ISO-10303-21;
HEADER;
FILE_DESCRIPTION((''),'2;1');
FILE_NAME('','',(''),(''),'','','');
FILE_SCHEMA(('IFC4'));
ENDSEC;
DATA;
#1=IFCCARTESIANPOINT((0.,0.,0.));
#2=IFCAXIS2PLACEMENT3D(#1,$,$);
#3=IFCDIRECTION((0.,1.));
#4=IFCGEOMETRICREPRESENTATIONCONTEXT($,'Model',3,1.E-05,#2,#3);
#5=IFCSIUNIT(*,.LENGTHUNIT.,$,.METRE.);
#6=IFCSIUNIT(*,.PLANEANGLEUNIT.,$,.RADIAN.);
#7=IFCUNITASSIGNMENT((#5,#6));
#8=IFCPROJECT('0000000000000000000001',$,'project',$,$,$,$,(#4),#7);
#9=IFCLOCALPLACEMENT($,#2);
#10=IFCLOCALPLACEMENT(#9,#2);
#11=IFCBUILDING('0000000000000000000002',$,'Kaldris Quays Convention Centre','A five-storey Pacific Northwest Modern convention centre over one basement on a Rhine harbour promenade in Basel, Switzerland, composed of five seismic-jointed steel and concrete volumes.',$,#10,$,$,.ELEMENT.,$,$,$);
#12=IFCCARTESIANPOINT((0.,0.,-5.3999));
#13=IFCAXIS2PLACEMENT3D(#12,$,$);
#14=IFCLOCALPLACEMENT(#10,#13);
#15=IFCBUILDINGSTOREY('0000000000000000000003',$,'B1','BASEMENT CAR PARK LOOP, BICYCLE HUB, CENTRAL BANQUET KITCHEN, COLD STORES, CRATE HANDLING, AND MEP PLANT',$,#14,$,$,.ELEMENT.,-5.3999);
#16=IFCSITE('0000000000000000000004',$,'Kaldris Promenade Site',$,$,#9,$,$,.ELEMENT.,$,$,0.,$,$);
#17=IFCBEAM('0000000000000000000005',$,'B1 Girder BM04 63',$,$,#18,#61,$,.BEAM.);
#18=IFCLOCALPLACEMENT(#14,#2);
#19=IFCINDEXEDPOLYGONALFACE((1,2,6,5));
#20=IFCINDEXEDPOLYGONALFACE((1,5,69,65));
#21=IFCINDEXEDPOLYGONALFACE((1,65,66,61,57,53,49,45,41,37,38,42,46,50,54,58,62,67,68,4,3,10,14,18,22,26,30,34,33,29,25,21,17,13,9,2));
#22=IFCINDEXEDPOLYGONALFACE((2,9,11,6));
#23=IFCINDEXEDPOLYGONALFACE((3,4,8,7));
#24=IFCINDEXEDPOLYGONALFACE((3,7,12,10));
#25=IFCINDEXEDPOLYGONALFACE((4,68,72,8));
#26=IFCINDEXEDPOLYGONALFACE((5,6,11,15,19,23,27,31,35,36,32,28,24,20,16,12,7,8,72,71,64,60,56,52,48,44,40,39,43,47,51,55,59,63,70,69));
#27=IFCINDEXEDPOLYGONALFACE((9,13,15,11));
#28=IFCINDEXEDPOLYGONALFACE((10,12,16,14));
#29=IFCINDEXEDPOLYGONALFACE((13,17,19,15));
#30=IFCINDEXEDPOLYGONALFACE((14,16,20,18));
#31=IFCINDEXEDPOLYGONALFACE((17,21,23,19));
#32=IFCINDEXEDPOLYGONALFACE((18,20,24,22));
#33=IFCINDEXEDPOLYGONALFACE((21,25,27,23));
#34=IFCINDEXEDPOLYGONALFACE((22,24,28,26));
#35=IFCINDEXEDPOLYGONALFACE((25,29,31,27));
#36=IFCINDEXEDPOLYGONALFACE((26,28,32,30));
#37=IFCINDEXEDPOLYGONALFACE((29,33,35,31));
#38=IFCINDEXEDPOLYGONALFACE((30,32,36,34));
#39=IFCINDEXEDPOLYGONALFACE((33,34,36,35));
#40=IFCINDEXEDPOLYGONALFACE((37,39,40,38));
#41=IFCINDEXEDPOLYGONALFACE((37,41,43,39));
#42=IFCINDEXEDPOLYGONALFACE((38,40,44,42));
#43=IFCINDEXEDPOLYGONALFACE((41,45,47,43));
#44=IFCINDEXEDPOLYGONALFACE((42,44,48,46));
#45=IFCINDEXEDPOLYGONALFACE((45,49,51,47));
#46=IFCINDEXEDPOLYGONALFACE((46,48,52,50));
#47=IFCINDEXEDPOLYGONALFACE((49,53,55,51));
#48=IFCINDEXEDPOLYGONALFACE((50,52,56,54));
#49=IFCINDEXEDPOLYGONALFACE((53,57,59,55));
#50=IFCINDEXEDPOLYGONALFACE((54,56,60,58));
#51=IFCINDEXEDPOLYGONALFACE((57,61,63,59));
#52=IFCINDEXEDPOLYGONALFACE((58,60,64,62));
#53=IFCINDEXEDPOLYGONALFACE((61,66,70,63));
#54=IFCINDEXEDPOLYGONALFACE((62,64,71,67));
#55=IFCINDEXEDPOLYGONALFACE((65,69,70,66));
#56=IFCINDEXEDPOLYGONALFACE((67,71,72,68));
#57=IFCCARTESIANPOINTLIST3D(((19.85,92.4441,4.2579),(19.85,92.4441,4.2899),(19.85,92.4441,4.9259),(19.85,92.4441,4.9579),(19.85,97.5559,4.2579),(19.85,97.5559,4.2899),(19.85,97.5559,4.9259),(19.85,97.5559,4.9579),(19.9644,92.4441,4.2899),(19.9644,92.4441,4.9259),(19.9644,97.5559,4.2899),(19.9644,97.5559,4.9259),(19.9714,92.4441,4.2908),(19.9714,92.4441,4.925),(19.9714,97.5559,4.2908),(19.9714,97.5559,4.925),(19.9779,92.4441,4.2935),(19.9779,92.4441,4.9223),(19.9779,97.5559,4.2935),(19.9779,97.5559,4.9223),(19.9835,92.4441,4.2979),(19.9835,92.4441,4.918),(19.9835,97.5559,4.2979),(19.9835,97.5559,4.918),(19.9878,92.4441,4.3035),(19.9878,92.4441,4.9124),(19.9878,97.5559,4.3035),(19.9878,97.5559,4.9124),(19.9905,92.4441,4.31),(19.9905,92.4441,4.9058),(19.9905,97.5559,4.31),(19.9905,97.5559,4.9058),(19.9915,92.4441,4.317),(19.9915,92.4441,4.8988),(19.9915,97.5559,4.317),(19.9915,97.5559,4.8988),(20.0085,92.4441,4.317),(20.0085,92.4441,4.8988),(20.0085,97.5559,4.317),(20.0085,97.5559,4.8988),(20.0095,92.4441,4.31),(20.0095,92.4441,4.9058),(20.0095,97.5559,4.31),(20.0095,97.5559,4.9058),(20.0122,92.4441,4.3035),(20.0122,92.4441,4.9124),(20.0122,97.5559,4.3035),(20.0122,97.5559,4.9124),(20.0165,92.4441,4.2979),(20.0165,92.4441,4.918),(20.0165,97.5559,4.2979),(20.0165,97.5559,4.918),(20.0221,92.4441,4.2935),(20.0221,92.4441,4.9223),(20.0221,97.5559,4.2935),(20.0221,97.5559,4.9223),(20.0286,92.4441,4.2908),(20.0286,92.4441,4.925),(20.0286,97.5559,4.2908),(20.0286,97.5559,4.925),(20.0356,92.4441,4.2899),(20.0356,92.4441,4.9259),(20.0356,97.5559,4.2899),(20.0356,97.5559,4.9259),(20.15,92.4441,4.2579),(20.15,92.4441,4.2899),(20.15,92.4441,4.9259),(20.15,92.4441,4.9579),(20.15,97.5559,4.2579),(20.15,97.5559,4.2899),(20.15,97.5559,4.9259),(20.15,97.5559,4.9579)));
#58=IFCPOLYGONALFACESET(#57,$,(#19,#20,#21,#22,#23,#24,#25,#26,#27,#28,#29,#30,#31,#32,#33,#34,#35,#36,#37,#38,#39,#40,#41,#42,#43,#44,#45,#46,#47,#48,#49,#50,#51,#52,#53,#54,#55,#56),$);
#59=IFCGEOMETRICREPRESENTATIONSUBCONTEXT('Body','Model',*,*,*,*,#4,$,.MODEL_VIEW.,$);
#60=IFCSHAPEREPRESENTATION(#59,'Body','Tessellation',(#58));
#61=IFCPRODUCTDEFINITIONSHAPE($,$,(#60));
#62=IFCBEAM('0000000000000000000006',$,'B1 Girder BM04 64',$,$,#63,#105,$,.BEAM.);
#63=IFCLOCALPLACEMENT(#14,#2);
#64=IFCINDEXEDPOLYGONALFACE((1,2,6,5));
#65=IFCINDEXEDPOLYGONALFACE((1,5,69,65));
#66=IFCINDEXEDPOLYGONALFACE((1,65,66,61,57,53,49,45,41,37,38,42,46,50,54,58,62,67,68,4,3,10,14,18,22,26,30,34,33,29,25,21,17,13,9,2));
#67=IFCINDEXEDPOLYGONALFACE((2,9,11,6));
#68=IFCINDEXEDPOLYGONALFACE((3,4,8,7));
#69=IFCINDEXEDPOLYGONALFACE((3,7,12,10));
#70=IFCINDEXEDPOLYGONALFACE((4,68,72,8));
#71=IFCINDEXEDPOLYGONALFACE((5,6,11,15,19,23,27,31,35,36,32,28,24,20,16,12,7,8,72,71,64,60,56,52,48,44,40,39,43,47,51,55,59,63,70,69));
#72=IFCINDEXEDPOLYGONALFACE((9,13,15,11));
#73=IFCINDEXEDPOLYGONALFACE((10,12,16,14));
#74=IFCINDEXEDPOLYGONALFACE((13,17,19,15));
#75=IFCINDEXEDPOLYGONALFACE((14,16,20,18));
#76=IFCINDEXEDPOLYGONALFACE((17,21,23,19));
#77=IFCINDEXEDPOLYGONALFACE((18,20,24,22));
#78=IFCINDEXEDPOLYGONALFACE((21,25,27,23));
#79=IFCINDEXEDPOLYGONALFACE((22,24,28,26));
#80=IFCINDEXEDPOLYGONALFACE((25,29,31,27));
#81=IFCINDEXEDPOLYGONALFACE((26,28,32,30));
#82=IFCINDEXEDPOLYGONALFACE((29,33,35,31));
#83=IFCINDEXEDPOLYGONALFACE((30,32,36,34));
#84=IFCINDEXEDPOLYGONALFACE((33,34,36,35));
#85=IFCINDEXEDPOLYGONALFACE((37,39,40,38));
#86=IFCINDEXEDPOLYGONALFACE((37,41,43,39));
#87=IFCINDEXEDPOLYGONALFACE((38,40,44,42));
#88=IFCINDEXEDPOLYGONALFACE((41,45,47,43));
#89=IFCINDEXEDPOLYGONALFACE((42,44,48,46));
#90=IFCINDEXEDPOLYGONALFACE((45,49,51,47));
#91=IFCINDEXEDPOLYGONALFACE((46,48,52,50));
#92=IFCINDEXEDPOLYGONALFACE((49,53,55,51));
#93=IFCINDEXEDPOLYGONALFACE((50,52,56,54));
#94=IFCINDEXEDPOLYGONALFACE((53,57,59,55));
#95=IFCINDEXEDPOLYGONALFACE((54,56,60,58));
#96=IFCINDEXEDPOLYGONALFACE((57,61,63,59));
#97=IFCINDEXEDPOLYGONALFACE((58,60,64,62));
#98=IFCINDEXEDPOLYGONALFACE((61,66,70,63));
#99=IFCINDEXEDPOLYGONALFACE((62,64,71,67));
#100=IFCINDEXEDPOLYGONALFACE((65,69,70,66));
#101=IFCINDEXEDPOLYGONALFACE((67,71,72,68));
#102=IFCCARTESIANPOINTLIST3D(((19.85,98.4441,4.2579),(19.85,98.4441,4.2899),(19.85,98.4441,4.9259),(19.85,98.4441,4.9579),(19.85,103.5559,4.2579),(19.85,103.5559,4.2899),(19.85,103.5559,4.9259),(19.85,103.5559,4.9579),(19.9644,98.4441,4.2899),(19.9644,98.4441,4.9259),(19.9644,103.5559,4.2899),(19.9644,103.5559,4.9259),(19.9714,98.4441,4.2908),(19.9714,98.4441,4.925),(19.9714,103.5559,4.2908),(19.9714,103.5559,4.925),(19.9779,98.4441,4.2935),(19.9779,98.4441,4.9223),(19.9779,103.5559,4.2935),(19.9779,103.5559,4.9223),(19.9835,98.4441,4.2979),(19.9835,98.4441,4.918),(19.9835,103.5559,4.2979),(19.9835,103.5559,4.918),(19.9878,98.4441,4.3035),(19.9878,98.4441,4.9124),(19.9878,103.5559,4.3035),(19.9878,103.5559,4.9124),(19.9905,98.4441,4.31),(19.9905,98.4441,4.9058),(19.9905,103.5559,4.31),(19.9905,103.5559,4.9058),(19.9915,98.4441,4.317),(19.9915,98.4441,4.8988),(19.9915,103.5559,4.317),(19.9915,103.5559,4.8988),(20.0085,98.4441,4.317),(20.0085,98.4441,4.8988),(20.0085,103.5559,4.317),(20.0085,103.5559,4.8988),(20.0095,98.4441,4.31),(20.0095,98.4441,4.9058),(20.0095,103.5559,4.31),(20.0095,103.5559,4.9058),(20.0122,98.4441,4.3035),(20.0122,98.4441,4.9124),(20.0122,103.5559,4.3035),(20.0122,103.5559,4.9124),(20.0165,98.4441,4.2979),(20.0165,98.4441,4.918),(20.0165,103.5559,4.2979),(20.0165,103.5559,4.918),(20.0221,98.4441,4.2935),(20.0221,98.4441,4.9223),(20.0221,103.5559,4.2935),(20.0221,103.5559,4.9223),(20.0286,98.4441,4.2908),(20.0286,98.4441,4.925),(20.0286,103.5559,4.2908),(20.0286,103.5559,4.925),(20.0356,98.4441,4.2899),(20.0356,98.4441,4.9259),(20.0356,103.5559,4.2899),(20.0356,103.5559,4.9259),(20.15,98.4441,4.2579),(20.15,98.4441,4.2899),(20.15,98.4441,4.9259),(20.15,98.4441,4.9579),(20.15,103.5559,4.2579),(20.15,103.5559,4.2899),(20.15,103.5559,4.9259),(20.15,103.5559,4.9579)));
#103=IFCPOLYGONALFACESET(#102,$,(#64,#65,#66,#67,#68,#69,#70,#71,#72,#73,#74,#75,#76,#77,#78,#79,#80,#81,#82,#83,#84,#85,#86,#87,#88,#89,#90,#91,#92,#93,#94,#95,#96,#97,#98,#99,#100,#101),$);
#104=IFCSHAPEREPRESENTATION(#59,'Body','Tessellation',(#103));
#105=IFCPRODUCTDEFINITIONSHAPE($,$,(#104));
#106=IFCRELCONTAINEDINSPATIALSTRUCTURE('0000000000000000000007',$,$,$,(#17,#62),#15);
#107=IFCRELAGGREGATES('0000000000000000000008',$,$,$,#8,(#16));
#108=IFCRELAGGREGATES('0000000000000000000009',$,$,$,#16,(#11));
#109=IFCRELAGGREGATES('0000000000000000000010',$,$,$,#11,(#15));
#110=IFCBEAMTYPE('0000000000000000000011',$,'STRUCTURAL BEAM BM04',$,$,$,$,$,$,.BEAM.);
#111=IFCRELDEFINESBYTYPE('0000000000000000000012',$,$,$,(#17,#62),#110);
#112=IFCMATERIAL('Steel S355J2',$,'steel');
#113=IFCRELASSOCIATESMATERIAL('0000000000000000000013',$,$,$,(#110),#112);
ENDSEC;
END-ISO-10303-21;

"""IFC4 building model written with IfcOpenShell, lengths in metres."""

from ifc_helpers import new_model, si_unit, direction, frame, origin, origin_2d, place, context, subcontext, project, spatial, i_section, extrude, material, material_profile, profile_set, type_object, element, save


model = new_model("IFC4")

# Units and contexts
model_context = context("Model", 3, precision=1e-05, world=origin(), true_north=direction((0.0, 1.0)))
body_context = subcontext(model_context, "Body", "Model", "MODEL_VIEW")
ifc_project = project(units=[si_unit("LENGTHUNIT", "METRE"), si_unit("PLANEANGLEUNIT", "RADIAN")], contexts=[model_context])

# Site, building, storey
site_placement = place(None, origin())
site = spatial("IfcSite", under=ifc_project, at=site_placement, Name="Kaldris Promenade Site", CompositionType="ELEMENT", RefElevation=0.0)
building_placement = place(site_placement, origin())
building = spatial("IfcBuilding", under=site, at=building_placement, Name="Kaldris Quays Convention Centre", Description="A five-storey Pacific Northwest Modern convention centre over one basement on a Rhine harbour promenade in Basel, Switzerland, composed of five seismic-jointed steel and concrete volumes.", CompositionType="ELEMENT")
storey_placement = place(building_placement, frame((0.0, 0.0, -5.3999)))
storey = spatial("IfcBuildingStorey", under=building, at=storey_placement, Name="B1", Description="BASEMENT CAR PARK LOOP, BICYCLE HUB, CENTRAL BANQUET KITCHEN, COLD STORES, CRATE HANDLING, AND MEP PLANT", CompositionType="ELEMENT", Elevation=-5.3999)

# Shared definitions
ifc_material_1 = material(Name="Steel S355J2", Category="steel")

# Beams
ifc_material_profile_1 = material_profile(ifc_material_1, i_section(OverallWidth=0.3, OverallDepth=0.7, WebThickness=0.0171, FlangeThickness=0.032, FilletRadius=0.0271, at=origin_2d()), Name="HEB 700")
ifc_profile_set_1 = profile_set([ifc_material_profile_1], Name="Steel S355J2")
beam_type = type_object("IfcBeamType", Name="STRUCTURAL BEAM BM04", PredefinedType="BEAM", material=ifc_profile_set_1)
for number, where, z_axis, x_axis, name in (
    (1, (20.0, 92.4441, 4.6079), (0.0, 1.0, 0.0), (-1.0, 0.0, 0.0), "B1 Girder BM04 63"),
    (2, (20.0, 98.4441, 4.6079), (0.0, 1.0, 0.0), (-1.0, 0.0, 0.0), "B1 Girder BM04 64"),
):
    element("IfcBeam", number, at=place(storey_placement, frame(where, z_axis=z_axis, x_axis=x_axis)), inside=storey, type_object=beam_type, Name=name, PredefinedType="BEAM", context=body_context, shape_type="SweptSolid", body=[
        extrude(i_section(OverallWidth=0.3, OverallDepth=0.7, WebThickness=0.0171, FlangeThickness=0.032, FilletRadius=0.0271, at=origin_2d()), origin(), (0.0, 0.0, 1.0), 5.1118),
    ])

save(model, "model.ifc")
